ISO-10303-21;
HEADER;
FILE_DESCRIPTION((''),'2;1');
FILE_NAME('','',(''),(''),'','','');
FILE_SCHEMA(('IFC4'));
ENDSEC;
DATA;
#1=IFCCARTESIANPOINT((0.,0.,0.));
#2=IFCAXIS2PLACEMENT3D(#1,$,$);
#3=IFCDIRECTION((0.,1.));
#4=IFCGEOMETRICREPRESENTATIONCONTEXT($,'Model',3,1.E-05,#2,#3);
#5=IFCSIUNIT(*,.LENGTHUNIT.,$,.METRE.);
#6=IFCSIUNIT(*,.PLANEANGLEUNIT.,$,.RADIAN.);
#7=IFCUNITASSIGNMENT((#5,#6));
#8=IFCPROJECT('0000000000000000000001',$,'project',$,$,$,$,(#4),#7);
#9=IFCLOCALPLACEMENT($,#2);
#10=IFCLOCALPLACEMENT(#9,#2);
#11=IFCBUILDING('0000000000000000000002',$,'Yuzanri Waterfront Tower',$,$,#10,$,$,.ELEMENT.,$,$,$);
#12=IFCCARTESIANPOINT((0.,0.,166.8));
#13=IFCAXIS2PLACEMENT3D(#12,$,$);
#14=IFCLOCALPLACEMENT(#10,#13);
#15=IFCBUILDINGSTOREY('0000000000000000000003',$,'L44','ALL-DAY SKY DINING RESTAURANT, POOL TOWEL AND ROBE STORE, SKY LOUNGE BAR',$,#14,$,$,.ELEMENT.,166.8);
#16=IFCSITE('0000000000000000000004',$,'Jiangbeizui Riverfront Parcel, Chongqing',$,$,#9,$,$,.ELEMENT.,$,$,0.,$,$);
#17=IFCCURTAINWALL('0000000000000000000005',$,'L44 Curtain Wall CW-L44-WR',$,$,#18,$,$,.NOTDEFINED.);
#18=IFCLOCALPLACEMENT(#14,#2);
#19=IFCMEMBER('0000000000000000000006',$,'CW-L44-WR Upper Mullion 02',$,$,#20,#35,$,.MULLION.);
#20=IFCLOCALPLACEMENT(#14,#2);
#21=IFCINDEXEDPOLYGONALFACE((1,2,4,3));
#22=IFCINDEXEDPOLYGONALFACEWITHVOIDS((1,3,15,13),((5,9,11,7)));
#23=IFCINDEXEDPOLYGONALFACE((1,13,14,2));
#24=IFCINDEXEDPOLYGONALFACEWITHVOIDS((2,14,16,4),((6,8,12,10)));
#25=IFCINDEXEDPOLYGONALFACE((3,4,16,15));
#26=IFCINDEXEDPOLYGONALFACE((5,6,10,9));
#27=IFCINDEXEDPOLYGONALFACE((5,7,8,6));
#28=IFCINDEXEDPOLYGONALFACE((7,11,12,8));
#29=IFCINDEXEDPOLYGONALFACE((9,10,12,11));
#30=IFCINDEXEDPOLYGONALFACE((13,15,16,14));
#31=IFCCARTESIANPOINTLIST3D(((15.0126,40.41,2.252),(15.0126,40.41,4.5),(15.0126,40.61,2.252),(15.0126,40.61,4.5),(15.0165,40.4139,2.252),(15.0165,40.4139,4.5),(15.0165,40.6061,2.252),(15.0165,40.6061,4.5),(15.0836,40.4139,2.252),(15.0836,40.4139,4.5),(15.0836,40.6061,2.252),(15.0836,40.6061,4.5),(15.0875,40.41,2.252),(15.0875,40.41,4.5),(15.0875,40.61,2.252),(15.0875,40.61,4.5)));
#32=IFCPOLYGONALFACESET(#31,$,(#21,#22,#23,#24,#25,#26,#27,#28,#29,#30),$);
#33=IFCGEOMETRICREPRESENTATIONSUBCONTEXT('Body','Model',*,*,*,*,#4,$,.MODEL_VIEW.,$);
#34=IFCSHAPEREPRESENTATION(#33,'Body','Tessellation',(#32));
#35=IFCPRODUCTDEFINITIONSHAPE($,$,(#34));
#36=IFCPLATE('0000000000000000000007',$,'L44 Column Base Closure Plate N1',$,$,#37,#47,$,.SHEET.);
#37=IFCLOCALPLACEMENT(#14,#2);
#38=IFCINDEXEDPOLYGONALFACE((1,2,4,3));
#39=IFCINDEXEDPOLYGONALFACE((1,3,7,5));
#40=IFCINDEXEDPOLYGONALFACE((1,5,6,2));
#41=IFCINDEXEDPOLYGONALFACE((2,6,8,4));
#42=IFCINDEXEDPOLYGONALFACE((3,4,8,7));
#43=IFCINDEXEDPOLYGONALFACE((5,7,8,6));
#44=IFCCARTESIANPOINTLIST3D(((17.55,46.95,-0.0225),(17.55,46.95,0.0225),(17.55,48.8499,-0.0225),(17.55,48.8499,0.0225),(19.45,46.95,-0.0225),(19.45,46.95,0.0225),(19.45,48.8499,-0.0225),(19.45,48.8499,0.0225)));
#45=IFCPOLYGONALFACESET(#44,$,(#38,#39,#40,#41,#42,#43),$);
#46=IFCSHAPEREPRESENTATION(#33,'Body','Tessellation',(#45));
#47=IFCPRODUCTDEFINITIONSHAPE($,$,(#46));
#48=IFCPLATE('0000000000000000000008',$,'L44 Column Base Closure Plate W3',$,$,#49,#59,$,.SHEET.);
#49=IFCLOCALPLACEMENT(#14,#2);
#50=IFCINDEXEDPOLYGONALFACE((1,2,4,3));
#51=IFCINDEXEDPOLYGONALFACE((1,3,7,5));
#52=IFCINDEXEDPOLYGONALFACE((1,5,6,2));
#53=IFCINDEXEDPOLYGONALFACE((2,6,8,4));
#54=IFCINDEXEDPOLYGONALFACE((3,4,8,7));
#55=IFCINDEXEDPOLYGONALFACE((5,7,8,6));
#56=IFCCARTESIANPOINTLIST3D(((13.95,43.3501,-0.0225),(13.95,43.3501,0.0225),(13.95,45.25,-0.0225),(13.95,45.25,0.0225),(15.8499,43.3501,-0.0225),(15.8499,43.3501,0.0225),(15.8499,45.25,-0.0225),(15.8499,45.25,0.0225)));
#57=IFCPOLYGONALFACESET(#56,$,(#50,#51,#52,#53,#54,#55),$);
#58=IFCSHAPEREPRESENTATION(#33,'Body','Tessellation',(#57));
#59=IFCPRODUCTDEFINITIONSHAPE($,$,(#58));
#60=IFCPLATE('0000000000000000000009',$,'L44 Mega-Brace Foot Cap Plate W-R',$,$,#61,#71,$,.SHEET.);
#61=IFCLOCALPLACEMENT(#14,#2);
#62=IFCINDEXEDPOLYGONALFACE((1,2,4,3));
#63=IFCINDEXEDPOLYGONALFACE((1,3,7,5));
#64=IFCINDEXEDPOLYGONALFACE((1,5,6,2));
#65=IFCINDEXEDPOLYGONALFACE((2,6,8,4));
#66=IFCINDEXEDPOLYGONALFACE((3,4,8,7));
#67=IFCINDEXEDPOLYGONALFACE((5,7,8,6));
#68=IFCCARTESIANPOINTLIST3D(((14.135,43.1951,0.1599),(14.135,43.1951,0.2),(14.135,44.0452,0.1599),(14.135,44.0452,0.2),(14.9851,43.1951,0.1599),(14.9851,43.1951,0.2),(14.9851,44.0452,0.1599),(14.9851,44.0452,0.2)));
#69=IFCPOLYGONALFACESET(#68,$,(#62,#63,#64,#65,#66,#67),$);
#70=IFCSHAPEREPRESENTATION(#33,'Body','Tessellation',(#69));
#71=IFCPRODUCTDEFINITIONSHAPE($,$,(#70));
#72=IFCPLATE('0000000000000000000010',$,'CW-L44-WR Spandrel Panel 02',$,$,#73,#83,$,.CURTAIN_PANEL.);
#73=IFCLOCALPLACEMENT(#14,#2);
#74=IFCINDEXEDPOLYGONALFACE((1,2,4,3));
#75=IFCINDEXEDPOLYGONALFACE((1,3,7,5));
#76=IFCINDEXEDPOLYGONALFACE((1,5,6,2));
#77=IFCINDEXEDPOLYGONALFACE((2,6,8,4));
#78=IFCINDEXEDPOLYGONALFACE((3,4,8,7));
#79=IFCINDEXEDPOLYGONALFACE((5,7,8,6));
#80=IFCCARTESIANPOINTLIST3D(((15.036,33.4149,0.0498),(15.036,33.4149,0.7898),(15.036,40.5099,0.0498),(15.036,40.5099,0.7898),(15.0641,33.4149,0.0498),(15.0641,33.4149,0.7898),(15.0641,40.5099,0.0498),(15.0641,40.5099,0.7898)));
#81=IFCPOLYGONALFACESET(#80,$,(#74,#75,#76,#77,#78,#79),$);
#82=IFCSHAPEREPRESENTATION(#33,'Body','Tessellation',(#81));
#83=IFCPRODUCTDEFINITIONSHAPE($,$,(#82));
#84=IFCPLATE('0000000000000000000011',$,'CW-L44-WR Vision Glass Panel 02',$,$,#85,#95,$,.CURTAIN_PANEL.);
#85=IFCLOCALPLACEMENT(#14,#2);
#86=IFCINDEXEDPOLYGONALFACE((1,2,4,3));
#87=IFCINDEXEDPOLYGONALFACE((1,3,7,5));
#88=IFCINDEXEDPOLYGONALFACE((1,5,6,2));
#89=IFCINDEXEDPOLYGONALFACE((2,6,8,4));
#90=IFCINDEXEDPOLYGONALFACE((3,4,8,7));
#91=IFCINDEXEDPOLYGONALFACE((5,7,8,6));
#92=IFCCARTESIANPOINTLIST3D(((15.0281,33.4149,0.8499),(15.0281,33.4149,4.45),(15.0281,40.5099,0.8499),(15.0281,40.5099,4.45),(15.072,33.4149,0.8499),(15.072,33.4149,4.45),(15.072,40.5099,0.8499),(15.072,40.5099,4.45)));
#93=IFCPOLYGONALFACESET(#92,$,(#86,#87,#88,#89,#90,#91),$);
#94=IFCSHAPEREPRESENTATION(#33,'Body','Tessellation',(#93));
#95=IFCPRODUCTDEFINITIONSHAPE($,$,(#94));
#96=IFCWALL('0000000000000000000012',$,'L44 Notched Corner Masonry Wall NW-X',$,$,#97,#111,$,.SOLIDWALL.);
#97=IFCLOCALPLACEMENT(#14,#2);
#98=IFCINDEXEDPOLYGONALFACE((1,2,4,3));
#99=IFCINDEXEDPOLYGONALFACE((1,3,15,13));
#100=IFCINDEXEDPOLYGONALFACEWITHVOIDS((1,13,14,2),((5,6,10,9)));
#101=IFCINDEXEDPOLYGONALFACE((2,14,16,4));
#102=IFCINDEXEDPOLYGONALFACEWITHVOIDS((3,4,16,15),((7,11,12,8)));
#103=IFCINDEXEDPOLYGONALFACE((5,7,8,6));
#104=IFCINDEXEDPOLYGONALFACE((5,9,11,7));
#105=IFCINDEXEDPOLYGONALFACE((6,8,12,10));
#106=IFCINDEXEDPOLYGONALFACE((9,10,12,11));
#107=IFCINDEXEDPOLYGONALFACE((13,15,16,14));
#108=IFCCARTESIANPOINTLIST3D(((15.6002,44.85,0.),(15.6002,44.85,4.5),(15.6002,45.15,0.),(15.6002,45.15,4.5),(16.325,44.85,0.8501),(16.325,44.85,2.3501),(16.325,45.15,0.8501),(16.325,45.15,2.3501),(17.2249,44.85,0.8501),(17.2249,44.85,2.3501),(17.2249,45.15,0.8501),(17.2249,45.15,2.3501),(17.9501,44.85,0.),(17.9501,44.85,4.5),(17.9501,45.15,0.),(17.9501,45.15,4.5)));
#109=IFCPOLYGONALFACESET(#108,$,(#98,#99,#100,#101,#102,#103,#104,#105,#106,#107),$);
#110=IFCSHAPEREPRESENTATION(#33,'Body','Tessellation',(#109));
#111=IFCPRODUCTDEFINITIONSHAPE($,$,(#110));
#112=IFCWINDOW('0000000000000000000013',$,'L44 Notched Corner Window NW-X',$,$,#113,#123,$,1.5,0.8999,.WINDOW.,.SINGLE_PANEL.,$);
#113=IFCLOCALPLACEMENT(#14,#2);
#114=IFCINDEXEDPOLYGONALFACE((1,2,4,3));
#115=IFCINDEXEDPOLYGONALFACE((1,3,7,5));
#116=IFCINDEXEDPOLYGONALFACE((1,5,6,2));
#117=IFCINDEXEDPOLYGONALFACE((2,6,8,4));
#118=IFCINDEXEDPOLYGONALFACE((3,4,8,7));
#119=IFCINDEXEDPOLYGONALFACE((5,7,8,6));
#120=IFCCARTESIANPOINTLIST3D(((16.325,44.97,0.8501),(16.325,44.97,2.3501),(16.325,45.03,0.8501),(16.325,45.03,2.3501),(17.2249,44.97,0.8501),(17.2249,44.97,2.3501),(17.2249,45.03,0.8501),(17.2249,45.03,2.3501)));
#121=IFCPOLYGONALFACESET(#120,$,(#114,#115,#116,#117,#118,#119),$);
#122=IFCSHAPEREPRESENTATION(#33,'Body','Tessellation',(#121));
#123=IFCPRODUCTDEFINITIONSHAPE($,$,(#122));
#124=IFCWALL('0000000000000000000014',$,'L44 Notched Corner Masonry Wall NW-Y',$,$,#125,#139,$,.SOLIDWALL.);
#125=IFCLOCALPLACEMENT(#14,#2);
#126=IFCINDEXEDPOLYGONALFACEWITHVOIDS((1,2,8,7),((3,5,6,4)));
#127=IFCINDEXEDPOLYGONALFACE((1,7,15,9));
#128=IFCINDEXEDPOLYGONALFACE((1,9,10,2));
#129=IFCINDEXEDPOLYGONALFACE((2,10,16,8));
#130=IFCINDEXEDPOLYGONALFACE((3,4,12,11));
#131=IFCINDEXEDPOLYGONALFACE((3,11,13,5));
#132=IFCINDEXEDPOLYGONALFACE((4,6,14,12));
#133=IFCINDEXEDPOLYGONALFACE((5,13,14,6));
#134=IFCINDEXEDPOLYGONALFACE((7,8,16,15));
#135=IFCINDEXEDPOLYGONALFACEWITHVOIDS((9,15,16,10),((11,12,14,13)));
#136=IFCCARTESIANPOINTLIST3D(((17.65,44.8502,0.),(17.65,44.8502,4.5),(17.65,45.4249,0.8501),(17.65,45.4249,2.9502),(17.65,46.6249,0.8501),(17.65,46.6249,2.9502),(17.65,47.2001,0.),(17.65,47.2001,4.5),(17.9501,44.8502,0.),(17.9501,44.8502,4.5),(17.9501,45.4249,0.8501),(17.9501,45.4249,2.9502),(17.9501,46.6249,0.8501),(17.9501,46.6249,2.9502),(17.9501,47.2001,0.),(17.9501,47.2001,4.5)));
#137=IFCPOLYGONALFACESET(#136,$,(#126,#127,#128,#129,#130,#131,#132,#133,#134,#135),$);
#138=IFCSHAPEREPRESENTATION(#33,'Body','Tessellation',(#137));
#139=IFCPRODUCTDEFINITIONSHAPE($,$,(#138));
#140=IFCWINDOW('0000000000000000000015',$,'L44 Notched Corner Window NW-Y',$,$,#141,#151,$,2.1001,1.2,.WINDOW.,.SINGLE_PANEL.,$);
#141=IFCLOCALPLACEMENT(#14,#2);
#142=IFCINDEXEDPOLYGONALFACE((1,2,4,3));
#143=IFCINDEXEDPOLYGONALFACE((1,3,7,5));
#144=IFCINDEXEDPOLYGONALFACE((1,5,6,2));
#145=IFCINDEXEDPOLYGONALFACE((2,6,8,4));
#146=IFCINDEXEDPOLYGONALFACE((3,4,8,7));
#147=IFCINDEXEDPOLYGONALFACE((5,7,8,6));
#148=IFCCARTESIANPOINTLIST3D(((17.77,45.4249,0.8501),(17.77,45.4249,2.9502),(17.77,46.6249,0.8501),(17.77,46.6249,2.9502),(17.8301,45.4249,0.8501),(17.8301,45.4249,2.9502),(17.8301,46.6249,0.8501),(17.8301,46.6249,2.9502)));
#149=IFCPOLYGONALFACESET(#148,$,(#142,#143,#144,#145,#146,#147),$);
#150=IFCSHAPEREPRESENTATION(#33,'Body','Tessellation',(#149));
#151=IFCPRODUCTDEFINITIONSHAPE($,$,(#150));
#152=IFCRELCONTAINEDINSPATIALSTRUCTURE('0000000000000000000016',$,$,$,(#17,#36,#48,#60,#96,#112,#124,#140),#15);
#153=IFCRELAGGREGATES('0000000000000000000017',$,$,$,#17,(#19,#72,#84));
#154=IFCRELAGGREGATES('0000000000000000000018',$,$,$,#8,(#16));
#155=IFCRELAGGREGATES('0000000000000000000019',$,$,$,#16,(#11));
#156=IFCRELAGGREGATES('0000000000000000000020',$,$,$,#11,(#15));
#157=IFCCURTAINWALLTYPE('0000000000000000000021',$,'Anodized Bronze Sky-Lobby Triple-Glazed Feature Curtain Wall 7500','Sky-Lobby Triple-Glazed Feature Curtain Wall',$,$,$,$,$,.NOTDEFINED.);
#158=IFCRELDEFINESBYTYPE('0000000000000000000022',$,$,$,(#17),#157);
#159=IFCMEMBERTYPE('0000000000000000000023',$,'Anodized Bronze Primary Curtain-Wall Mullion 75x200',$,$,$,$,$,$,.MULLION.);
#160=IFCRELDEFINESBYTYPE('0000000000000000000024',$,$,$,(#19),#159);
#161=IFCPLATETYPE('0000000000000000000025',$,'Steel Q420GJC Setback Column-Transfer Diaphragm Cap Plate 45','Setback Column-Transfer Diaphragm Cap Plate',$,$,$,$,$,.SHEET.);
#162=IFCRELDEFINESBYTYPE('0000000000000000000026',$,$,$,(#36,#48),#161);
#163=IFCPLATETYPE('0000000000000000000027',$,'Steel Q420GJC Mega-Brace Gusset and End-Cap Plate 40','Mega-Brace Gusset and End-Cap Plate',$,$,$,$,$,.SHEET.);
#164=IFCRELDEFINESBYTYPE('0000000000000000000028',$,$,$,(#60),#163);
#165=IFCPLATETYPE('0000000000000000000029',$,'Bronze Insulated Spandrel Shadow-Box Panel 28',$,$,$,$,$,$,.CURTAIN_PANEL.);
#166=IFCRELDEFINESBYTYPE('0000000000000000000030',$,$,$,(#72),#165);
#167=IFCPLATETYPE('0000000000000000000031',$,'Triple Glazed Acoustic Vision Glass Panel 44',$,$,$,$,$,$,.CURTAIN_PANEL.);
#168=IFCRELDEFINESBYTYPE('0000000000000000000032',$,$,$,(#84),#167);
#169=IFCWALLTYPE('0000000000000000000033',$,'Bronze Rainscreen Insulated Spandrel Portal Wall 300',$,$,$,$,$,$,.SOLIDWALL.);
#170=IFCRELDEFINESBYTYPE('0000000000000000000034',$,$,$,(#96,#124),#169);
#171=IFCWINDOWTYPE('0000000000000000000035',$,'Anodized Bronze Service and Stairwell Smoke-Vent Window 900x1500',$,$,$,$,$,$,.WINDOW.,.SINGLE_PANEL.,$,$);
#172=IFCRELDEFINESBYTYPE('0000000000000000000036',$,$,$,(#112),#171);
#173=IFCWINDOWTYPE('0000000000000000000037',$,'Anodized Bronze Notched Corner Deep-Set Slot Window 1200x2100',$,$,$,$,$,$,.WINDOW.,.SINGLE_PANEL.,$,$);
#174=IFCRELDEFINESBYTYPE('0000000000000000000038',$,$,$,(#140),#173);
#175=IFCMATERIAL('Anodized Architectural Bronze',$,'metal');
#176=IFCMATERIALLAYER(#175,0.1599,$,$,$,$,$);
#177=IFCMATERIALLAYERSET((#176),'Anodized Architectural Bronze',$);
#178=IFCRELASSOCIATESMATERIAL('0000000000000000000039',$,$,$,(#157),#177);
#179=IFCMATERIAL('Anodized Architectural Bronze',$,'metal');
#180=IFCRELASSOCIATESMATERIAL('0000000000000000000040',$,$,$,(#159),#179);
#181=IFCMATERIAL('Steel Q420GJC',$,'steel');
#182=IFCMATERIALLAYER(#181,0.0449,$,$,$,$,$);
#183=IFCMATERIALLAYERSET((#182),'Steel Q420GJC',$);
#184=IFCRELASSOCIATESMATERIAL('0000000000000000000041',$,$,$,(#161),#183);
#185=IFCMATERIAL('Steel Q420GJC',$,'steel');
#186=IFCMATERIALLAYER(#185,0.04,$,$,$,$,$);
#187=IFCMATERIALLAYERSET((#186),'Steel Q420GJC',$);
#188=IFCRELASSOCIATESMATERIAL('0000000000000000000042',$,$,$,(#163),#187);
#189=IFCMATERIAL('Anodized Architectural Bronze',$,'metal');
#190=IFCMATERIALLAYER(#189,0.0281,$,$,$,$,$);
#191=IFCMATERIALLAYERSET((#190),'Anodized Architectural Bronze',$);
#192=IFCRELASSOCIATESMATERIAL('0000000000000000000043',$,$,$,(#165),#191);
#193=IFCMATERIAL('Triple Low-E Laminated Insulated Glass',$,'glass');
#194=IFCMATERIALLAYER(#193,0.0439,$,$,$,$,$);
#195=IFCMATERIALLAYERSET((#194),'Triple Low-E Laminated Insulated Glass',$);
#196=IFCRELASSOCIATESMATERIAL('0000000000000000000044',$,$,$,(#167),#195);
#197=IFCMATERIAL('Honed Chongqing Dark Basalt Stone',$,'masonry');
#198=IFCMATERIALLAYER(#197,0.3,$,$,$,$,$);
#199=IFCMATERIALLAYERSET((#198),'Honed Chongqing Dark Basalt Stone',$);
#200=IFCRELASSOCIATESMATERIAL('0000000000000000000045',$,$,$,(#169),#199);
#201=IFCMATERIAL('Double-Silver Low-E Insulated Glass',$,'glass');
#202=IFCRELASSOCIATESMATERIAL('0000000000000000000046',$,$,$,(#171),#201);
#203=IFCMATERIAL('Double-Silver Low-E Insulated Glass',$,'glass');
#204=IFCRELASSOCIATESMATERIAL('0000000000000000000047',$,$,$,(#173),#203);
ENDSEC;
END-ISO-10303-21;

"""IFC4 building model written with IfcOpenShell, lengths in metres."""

from ifc_helpers import new_model, si_unit, direction, frame, frame_2d, origin, origin_2d, place, context, subcontext, project, spatial, rectangle, hollow_rectangle, extrude, source, transform, mapped, material, layer, layer_set, material_profile, profile_set, type_object, element, fill, aggregate, save


model = new_model("IFC4")

# Units and contexts
model_context = context("Model", 3, precision=1e-05, world=origin(), true_north=direction((0.0, 1.0)))
body_context = subcontext(model_context, "Body", "Model", "MODEL_VIEW")
ifc_project = project(units=[si_unit("LENGTHUNIT", "METRE"), si_unit("PLANEANGLEUNIT", "RADIAN")], contexts=[model_context])

# Site, building, storey
site_placement = place(None, origin())
site = spatial("IfcSite", under=ifc_project, at=site_placement, Name="Jiangbeizui Riverfront Parcel, Chongqing", CompositionType="ELEMENT", RefElevation=0.0)
building_placement = place(site_placement, origin())
building = spatial("IfcBuilding", under=site, at=building_placement, Name="Yuzanri Waterfront Tower", CompositionType="ELEMENT")
storey_placement = place(building_placement, frame((0.0, 0.0, 166.8)))
storey = spatial("IfcBuildingStorey", under=building, at=storey_placement, Name="L44", Description="ALL-DAY SKY DINING RESTAURANT, POOL TOWEL AND ROBE STORE, SKY LOUNGE BAR", CompositionType="ELEMENT", Elevation=166.8)

# Curtain wall, member
ifc_material_1 = material(Name="Anodized Architectural Bronze", Category="metal")
ifc_layer_1 = layer(ifc_material_1, 0.1599)
ifc_layer_set_1 = layer_set([ifc_layer_1], Name="Anodized Architectural Bronze")
curtain_wall_type = type_object("IfcCurtainWallType", Name="Anodized Bronze Sky-Lobby Triple-Glazed Feature Curtain Wall 7500", Description="Sky-Lobby Triple-Glazed Feature Curtain Wall", PredefinedType="NOTDEFINED", material=ifc_layer_set_1)
curtain_wall_placement = place(storey_placement, origin())
curtain_wall = element("IfcCurtainWall", 1, at=curtain_wall_placement, inside=storey, type_object=curtain_wall_type, Name="L44 Curtain Wall CW-L44-WR", PredefinedType="NOTDEFINED")
ifc_material_2 = material(Name="Anodized Architectural Bronze", Category="metal")
ifc_material_profile_1 = material_profile(ifc_material_2, hollow_rectangle(XDim=0.075, YDim=0.2, WallThickness=0.0039, at=origin_2d()), Name="CWM 75x200")
ifc_profile_set_1 = profile_set([ifc_material_profile_1], Name="Anodized Architectural Bronze")
member_type_1 = type_object("IfcMemberType", Name="Anodized Bronze Primary Curtain-Wall Mullion 75x200", PredefinedType="MULLION", material=ifc_profile_set_1)
shared_shape_1 = source(origin(), body_context, "Body", "SweptSolid", [
    extrude(hollow_rectangle(XDim=0.075, YDim=0.2, WallThickness=0.0039, at=origin_2d()), origin(), (0.0, 0.0, 1.0), 2.248),
])
member_1_placement = place(storey_placement, frame((15.05, 40.51, 2.252), z_axis=(0.0, 0.0, 1.0), x_axis=(1.0, 0.0, 0.0)))
member_1 = element("IfcMember", 2, at=member_1_placement, type_object=member_type_1, Name="CW-L44-WR Upper Mullion 02", PredefinedType="MULLION", context=body_context, shape_type="MappedRepresentation", body=[
    mapped(shared_shape_1, transform((0.0, 0.0, 0.0), scale=1.0)),
])

# Plates
ifc_material_3 = material(Name="Steel Q420GJC", Category="steel")
ifc_layer_2 = layer(ifc_material_3, 0.0449)
ifc_layer_set_2 = layer_set([ifc_layer_2], Name="Steel Q420GJC")
plate_type_1 = type_object("IfcPlateType", Name="Steel Q420GJC Setback Column-Transfer Diaphragm Cap Plate 45", Description="Setback Column-Transfer Diaphragm Cap Plate", PredefinedType="SHEET", material=ifc_layer_set_2)
shared_shape_2 = source(origin(), body_context, "Body", "SweptSolid", [
    extrude(rectangle(XDim=1.8999, YDim=1.8999, at=origin_2d()), origin(), (0.0, 0.0, 1.0), 0.0449),
])
for number, where, z_axis, x_axis, name in (
    (3, (18.5, 47.8999, -0.0225), (0.0, 0.0, 1.0), (1.0, 0.0, 0.0), "L44 Column Base Closure Plate N1"),
    (4, (14.8999, 44.3, -0.0225), (0.0, 0.0, 1.0), (1.0, 0.0, 0.0), "L44 Column Base Closure Plate W3"),
):
    element("IfcPlate", number, at=place(storey_placement, frame(where, z_axis=z_axis, x_axis=x_axis)), inside=storey, type_object=plate_type_1, Name=name, PredefinedType="SHEET", context=body_context, shape_type="MappedRepresentation", body=[
        mapped(shared_shape_2, transform((0.0, 0.0, 0.0), scale=1.0)),
    ])
ifc_material_4 = material(Name="Steel Q420GJC", Category="steel")
ifc_layer_3 = layer(ifc_material_4, 0.04)
ifc_layer_set_3 = layer_set([ifc_layer_3], Name="Steel Q420GJC")
plate_type_2 = type_object("IfcPlateType", Name="Steel Q420GJC Mega-Brace Gusset and End-Cap Plate 40", Description="Mega-Brace Gusset and End-Cap Plate", PredefinedType="SHEET", material=ifc_layer_set_3)
shared_shape_3 = source(origin(), body_context, "Body", "SweptSolid", [
    extrude(rectangle(XDim=0.8501, YDim=0.8501, at=origin_2d()), origin(), (0.0, 0.0, 1.0), 0.04),
])
plate_1_placement = place(storey_placement, frame((14.5601, 43.6201, 0.1599), z_axis=(0.0, 0.0, 1.0), x_axis=(1.0, 0.0, 0.0)))
element("IfcPlate", 5, at=plate_1_placement, inside=storey, type_object=plate_type_2, Name="L44 Mega-Brace Foot Cap Plate W-R", PredefinedType="SHEET", context=body_context, shape_type="MappedRepresentation", body=[
    mapped(shared_shape_3, transform((0.0, 0.0, 0.0), scale=1.0)),
])

# Plates
ifc_material_5 = material(Name="Anodized Architectural Bronze", Category="metal")
ifc_layer_4 = layer(ifc_material_5, 0.0281)
ifc_layer_set_4 = layer_set([ifc_layer_4], Name="Anodized Architectural Bronze")
plate_type_3 = type_object("IfcPlateType", Name="Bronze Insulated Spandrel Shadow-Box Panel 28", PredefinedType="CURTAIN_PANEL", material=ifc_layer_set_4)
shared_shape_4 = source(origin(), body_context, "Body", "SweptSolid", [
    extrude(rectangle(XDim=7.095, YDim=0.0281, at=origin_2d()), origin(), (0.0, 0.0, 1.0), 0.74),
])
plate_2_placement = place(storey_placement, frame((15.05, 36.9624, 0.0498), z_axis=(0.0, 0.0, 1.0), x_axis=(0.0, 1.0, 0.0)))
plate_2 = element("IfcPlate", 6, at=plate_2_placement, type_object=plate_type_3, Name="CW-L44-WR Spandrel Panel 02", PredefinedType="CURTAIN_PANEL", context=body_context, shape_type="MappedRepresentation", body=[
    mapped(shared_shape_4, transform((0.0, 0.0, 0.0), scale=1.0)),
])
ifc_material_6 = material(Name="Triple Low-E Laminated Insulated Glass", Category="glass")
ifc_layer_5 = layer(ifc_material_6, 0.0439)
ifc_layer_set_5 = layer_set([ifc_layer_5], Name="Triple Low-E Laminated Insulated Glass")
plate_type_4 = type_object("IfcPlateType", Name="Triple Glazed Acoustic Vision Glass Panel 44", PredefinedType="CURTAIN_PANEL", material=ifc_layer_set_5)
shared_shape_5 = source(origin(), body_context, "Body", "SweptSolid", [
    extrude(rectangle(XDim=7.095, YDim=0.0439, at=origin_2d()), origin(), (0.0, 0.0, 1.0), 3.6001),
])
plate_3_placement = place(storey_placement, frame((15.05, 36.9624, 0.8499), z_axis=(0.0, 0.0, 1.0), x_axis=(0.0, 1.0, 0.0)))
plate_3 = element("IfcPlate", 7, at=plate_3_placement, type_object=plate_type_4, Name="CW-L44-WR Vision Glass Panel 02", PredefinedType="CURTAIN_PANEL", context=body_context, shape_type="MappedRepresentation", body=[
    mapped(shared_shape_5, transform((0.0, 0.0, 0.0), scale=1.0)),
])
aggregate(curtain_wall, [member_1, plate_2, plate_3])

# Walls, openings, windows
ifc_material_7 = material(Name="Honed Chongqing Dark Basalt Stone", Category="masonry")
ifc_layer_6 = layer(ifc_material_7, 0.3)
ifc_layer_set_6 = layer_set([ifc_layer_6], Name="Honed Chongqing Dark Basalt Stone")
wall_type_1 = type_object("IfcWallType", Name="Bronze Rainscreen Insulated Spandrel Portal Wall 300", PredefinedType="SOLIDWALL", material=ifc_layer_set_6)
wall_1_placement = place(storey_placement, frame((17.95, 45.0, 0.0), z_axis=(0.0, 0.0, 1.0), x_axis=(-1.0, 0.0, 0.0)))
wall_1 = element("IfcWall", 8, at=wall_1_placement, inside=storey, type_object=wall_type_1, Name="L44 Notched Corner Masonry Wall NW-X", PredefinedType="SOLIDWALL", context=body_context, shape_type="SweptSolid", body=[
    extrude(rectangle(XDim=2.3499, YDim=0.3, at=frame_2d((1.1748, 0.0))), origin(), (0.0, 0.0, 1.0), 4.5),
])
opening_1_placement = place(wall_1_placement, frame((0.7251, 0.0, 0.8501)))
opening_1 = element("IfcOpeningElement", 9, at=opening_1_placement, cuts=wall_1, PredefinedType="OPENING", context=body_context, shape_type="SweptSolid", body=[
    extrude(rectangle(XDim=0.8999, YDim=1.5, at=frame_2d((0.45, 0.75))), frame((0.0, 0.165, 0.0), z_axis=(0.0, -1.0, 0.0), x_axis=(1.0, 0.0, 0.0)), (0.0, 0.0, 1.0), 0.3298),
])
ifc_material_8 = material(Name="Double-Silver Low-E Insulated Glass", Category="glass")
window_type_1 = type_object("IfcWindowType", Name="Anodized Bronze Service and Stairwell Smoke-Vent Window 900x1500", PartitioningType="SINGLE_PANEL", PredefinedType="WINDOW", material=ifc_material_8)
shared_shape_6 = source(origin(), body_context, "Body", "SweptSolid", [
    extrude(rectangle(XDim=0.8999, YDim=1.5, at=frame_2d((0.45, 0.75))), frame((0.0, 0.03, 0.0), z_axis=(0.0, -1.0, 0.0), x_axis=(1.0, 0.0, 0.0)), (0.0, 0.0, 1.0), 0.0601),
])
window_1_placement = place(opening_1_placement, origin())
window_1 = element("IfcWindow", 10, at=window_1_placement, inside=storey, type_object=window_type_1, Name="L44 Notched Corner Window NW-X", OverallHeight=1.5, OverallWidth=0.8999, PartitioningType="SINGLE_PANEL", PredefinedType="WINDOW", context=body_context, shape_type="MappedRepresentation", body=[
    mapped(shared_shape_6, transform((0.0, 0.0, 0.0), scale=1.0)),
])
fill(opening_1, window_1)
wall_2_placement = place(storey_placement, frame((17.8, 47.2, 0.0), z_axis=(0.0, 0.0, 1.0), x_axis=(0.0, -1.0, 0.0)))
wall_2 = element("IfcWall", 11, at=wall_2_placement, inside=storey, type_object=wall_type_1, Name="L44 Notched Corner Masonry Wall NW-Y", PredefinedType="SOLIDWALL", context=body_context, shape_type="SweptSolid", body=[
    extrude(rectangle(XDim=2.3499, YDim=0.3, at=frame_2d((1.1748, 0.0))), origin(), (0.0, 0.0, 1.0), 4.5),
])
opening_2_placement = place(wall_2_placement, frame((0.575, 0.0, 0.8501)))
opening_2 = element("IfcOpeningElement", 12, at=opening_2_placement, cuts=wall_2, PredefinedType="OPENING", context=body_context, shape_type="SweptSolid", body=[
    extrude(rectangle(XDim=1.2, YDim=2.1001, at=frame_2d((0.6001, 1.05))), frame((0.0, 0.165, 0.0), z_axis=(0.0, -1.0, 0.0), x_axis=(1.0, 0.0, 0.0)), (0.0, 0.0, 1.0), 0.3298),
])
ifc_material_9 = material(Name="Double-Silver Low-E Insulated Glass", Category="glass")
window_type_2 = type_object("IfcWindowType", Name="Anodized Bronze Notched Corner Deep-Set Slot Window 1200x2100", PartitioningType="SINGLE_PANEL", PredefinedType="WINDOW", material=ifc_material_9)
shared_shape_7 = source(origin(), body_context, "Body", "SweptSolid", [
    extrude(rectangle(XDim=1.2, YDim=2.1001, at=frame_2d((0.6001, 1.05))), frame((0.0, 0.03, 0.0), z_axis=(0.0, -1.0, 0.0), x_axis=(1.0, 0.0, 0.0)), (0.0, 0.0, 1.0), 0.0601),
])
window_2_placement = place(opening_2_placement, origin())
window_2 = element("IfcWindow", 13, at=window_2_placement, inside=storey, type_object=window_type_2, Name="L44 Notched Corner Window NW-Y", OverallHeight=2.1001, OverallWidth=1.2, PartitioningType="SINGLE_PANEL", PredefinedType="WINDOW", context=body_context, shape_type="MappedRepresentation", body=[
    mapped(shared_shape_7, transform((0.0, 0.0, 0.0), scale=1.0)),
])
fill(opening_2, window_2)

save(model, "model.ifc")
